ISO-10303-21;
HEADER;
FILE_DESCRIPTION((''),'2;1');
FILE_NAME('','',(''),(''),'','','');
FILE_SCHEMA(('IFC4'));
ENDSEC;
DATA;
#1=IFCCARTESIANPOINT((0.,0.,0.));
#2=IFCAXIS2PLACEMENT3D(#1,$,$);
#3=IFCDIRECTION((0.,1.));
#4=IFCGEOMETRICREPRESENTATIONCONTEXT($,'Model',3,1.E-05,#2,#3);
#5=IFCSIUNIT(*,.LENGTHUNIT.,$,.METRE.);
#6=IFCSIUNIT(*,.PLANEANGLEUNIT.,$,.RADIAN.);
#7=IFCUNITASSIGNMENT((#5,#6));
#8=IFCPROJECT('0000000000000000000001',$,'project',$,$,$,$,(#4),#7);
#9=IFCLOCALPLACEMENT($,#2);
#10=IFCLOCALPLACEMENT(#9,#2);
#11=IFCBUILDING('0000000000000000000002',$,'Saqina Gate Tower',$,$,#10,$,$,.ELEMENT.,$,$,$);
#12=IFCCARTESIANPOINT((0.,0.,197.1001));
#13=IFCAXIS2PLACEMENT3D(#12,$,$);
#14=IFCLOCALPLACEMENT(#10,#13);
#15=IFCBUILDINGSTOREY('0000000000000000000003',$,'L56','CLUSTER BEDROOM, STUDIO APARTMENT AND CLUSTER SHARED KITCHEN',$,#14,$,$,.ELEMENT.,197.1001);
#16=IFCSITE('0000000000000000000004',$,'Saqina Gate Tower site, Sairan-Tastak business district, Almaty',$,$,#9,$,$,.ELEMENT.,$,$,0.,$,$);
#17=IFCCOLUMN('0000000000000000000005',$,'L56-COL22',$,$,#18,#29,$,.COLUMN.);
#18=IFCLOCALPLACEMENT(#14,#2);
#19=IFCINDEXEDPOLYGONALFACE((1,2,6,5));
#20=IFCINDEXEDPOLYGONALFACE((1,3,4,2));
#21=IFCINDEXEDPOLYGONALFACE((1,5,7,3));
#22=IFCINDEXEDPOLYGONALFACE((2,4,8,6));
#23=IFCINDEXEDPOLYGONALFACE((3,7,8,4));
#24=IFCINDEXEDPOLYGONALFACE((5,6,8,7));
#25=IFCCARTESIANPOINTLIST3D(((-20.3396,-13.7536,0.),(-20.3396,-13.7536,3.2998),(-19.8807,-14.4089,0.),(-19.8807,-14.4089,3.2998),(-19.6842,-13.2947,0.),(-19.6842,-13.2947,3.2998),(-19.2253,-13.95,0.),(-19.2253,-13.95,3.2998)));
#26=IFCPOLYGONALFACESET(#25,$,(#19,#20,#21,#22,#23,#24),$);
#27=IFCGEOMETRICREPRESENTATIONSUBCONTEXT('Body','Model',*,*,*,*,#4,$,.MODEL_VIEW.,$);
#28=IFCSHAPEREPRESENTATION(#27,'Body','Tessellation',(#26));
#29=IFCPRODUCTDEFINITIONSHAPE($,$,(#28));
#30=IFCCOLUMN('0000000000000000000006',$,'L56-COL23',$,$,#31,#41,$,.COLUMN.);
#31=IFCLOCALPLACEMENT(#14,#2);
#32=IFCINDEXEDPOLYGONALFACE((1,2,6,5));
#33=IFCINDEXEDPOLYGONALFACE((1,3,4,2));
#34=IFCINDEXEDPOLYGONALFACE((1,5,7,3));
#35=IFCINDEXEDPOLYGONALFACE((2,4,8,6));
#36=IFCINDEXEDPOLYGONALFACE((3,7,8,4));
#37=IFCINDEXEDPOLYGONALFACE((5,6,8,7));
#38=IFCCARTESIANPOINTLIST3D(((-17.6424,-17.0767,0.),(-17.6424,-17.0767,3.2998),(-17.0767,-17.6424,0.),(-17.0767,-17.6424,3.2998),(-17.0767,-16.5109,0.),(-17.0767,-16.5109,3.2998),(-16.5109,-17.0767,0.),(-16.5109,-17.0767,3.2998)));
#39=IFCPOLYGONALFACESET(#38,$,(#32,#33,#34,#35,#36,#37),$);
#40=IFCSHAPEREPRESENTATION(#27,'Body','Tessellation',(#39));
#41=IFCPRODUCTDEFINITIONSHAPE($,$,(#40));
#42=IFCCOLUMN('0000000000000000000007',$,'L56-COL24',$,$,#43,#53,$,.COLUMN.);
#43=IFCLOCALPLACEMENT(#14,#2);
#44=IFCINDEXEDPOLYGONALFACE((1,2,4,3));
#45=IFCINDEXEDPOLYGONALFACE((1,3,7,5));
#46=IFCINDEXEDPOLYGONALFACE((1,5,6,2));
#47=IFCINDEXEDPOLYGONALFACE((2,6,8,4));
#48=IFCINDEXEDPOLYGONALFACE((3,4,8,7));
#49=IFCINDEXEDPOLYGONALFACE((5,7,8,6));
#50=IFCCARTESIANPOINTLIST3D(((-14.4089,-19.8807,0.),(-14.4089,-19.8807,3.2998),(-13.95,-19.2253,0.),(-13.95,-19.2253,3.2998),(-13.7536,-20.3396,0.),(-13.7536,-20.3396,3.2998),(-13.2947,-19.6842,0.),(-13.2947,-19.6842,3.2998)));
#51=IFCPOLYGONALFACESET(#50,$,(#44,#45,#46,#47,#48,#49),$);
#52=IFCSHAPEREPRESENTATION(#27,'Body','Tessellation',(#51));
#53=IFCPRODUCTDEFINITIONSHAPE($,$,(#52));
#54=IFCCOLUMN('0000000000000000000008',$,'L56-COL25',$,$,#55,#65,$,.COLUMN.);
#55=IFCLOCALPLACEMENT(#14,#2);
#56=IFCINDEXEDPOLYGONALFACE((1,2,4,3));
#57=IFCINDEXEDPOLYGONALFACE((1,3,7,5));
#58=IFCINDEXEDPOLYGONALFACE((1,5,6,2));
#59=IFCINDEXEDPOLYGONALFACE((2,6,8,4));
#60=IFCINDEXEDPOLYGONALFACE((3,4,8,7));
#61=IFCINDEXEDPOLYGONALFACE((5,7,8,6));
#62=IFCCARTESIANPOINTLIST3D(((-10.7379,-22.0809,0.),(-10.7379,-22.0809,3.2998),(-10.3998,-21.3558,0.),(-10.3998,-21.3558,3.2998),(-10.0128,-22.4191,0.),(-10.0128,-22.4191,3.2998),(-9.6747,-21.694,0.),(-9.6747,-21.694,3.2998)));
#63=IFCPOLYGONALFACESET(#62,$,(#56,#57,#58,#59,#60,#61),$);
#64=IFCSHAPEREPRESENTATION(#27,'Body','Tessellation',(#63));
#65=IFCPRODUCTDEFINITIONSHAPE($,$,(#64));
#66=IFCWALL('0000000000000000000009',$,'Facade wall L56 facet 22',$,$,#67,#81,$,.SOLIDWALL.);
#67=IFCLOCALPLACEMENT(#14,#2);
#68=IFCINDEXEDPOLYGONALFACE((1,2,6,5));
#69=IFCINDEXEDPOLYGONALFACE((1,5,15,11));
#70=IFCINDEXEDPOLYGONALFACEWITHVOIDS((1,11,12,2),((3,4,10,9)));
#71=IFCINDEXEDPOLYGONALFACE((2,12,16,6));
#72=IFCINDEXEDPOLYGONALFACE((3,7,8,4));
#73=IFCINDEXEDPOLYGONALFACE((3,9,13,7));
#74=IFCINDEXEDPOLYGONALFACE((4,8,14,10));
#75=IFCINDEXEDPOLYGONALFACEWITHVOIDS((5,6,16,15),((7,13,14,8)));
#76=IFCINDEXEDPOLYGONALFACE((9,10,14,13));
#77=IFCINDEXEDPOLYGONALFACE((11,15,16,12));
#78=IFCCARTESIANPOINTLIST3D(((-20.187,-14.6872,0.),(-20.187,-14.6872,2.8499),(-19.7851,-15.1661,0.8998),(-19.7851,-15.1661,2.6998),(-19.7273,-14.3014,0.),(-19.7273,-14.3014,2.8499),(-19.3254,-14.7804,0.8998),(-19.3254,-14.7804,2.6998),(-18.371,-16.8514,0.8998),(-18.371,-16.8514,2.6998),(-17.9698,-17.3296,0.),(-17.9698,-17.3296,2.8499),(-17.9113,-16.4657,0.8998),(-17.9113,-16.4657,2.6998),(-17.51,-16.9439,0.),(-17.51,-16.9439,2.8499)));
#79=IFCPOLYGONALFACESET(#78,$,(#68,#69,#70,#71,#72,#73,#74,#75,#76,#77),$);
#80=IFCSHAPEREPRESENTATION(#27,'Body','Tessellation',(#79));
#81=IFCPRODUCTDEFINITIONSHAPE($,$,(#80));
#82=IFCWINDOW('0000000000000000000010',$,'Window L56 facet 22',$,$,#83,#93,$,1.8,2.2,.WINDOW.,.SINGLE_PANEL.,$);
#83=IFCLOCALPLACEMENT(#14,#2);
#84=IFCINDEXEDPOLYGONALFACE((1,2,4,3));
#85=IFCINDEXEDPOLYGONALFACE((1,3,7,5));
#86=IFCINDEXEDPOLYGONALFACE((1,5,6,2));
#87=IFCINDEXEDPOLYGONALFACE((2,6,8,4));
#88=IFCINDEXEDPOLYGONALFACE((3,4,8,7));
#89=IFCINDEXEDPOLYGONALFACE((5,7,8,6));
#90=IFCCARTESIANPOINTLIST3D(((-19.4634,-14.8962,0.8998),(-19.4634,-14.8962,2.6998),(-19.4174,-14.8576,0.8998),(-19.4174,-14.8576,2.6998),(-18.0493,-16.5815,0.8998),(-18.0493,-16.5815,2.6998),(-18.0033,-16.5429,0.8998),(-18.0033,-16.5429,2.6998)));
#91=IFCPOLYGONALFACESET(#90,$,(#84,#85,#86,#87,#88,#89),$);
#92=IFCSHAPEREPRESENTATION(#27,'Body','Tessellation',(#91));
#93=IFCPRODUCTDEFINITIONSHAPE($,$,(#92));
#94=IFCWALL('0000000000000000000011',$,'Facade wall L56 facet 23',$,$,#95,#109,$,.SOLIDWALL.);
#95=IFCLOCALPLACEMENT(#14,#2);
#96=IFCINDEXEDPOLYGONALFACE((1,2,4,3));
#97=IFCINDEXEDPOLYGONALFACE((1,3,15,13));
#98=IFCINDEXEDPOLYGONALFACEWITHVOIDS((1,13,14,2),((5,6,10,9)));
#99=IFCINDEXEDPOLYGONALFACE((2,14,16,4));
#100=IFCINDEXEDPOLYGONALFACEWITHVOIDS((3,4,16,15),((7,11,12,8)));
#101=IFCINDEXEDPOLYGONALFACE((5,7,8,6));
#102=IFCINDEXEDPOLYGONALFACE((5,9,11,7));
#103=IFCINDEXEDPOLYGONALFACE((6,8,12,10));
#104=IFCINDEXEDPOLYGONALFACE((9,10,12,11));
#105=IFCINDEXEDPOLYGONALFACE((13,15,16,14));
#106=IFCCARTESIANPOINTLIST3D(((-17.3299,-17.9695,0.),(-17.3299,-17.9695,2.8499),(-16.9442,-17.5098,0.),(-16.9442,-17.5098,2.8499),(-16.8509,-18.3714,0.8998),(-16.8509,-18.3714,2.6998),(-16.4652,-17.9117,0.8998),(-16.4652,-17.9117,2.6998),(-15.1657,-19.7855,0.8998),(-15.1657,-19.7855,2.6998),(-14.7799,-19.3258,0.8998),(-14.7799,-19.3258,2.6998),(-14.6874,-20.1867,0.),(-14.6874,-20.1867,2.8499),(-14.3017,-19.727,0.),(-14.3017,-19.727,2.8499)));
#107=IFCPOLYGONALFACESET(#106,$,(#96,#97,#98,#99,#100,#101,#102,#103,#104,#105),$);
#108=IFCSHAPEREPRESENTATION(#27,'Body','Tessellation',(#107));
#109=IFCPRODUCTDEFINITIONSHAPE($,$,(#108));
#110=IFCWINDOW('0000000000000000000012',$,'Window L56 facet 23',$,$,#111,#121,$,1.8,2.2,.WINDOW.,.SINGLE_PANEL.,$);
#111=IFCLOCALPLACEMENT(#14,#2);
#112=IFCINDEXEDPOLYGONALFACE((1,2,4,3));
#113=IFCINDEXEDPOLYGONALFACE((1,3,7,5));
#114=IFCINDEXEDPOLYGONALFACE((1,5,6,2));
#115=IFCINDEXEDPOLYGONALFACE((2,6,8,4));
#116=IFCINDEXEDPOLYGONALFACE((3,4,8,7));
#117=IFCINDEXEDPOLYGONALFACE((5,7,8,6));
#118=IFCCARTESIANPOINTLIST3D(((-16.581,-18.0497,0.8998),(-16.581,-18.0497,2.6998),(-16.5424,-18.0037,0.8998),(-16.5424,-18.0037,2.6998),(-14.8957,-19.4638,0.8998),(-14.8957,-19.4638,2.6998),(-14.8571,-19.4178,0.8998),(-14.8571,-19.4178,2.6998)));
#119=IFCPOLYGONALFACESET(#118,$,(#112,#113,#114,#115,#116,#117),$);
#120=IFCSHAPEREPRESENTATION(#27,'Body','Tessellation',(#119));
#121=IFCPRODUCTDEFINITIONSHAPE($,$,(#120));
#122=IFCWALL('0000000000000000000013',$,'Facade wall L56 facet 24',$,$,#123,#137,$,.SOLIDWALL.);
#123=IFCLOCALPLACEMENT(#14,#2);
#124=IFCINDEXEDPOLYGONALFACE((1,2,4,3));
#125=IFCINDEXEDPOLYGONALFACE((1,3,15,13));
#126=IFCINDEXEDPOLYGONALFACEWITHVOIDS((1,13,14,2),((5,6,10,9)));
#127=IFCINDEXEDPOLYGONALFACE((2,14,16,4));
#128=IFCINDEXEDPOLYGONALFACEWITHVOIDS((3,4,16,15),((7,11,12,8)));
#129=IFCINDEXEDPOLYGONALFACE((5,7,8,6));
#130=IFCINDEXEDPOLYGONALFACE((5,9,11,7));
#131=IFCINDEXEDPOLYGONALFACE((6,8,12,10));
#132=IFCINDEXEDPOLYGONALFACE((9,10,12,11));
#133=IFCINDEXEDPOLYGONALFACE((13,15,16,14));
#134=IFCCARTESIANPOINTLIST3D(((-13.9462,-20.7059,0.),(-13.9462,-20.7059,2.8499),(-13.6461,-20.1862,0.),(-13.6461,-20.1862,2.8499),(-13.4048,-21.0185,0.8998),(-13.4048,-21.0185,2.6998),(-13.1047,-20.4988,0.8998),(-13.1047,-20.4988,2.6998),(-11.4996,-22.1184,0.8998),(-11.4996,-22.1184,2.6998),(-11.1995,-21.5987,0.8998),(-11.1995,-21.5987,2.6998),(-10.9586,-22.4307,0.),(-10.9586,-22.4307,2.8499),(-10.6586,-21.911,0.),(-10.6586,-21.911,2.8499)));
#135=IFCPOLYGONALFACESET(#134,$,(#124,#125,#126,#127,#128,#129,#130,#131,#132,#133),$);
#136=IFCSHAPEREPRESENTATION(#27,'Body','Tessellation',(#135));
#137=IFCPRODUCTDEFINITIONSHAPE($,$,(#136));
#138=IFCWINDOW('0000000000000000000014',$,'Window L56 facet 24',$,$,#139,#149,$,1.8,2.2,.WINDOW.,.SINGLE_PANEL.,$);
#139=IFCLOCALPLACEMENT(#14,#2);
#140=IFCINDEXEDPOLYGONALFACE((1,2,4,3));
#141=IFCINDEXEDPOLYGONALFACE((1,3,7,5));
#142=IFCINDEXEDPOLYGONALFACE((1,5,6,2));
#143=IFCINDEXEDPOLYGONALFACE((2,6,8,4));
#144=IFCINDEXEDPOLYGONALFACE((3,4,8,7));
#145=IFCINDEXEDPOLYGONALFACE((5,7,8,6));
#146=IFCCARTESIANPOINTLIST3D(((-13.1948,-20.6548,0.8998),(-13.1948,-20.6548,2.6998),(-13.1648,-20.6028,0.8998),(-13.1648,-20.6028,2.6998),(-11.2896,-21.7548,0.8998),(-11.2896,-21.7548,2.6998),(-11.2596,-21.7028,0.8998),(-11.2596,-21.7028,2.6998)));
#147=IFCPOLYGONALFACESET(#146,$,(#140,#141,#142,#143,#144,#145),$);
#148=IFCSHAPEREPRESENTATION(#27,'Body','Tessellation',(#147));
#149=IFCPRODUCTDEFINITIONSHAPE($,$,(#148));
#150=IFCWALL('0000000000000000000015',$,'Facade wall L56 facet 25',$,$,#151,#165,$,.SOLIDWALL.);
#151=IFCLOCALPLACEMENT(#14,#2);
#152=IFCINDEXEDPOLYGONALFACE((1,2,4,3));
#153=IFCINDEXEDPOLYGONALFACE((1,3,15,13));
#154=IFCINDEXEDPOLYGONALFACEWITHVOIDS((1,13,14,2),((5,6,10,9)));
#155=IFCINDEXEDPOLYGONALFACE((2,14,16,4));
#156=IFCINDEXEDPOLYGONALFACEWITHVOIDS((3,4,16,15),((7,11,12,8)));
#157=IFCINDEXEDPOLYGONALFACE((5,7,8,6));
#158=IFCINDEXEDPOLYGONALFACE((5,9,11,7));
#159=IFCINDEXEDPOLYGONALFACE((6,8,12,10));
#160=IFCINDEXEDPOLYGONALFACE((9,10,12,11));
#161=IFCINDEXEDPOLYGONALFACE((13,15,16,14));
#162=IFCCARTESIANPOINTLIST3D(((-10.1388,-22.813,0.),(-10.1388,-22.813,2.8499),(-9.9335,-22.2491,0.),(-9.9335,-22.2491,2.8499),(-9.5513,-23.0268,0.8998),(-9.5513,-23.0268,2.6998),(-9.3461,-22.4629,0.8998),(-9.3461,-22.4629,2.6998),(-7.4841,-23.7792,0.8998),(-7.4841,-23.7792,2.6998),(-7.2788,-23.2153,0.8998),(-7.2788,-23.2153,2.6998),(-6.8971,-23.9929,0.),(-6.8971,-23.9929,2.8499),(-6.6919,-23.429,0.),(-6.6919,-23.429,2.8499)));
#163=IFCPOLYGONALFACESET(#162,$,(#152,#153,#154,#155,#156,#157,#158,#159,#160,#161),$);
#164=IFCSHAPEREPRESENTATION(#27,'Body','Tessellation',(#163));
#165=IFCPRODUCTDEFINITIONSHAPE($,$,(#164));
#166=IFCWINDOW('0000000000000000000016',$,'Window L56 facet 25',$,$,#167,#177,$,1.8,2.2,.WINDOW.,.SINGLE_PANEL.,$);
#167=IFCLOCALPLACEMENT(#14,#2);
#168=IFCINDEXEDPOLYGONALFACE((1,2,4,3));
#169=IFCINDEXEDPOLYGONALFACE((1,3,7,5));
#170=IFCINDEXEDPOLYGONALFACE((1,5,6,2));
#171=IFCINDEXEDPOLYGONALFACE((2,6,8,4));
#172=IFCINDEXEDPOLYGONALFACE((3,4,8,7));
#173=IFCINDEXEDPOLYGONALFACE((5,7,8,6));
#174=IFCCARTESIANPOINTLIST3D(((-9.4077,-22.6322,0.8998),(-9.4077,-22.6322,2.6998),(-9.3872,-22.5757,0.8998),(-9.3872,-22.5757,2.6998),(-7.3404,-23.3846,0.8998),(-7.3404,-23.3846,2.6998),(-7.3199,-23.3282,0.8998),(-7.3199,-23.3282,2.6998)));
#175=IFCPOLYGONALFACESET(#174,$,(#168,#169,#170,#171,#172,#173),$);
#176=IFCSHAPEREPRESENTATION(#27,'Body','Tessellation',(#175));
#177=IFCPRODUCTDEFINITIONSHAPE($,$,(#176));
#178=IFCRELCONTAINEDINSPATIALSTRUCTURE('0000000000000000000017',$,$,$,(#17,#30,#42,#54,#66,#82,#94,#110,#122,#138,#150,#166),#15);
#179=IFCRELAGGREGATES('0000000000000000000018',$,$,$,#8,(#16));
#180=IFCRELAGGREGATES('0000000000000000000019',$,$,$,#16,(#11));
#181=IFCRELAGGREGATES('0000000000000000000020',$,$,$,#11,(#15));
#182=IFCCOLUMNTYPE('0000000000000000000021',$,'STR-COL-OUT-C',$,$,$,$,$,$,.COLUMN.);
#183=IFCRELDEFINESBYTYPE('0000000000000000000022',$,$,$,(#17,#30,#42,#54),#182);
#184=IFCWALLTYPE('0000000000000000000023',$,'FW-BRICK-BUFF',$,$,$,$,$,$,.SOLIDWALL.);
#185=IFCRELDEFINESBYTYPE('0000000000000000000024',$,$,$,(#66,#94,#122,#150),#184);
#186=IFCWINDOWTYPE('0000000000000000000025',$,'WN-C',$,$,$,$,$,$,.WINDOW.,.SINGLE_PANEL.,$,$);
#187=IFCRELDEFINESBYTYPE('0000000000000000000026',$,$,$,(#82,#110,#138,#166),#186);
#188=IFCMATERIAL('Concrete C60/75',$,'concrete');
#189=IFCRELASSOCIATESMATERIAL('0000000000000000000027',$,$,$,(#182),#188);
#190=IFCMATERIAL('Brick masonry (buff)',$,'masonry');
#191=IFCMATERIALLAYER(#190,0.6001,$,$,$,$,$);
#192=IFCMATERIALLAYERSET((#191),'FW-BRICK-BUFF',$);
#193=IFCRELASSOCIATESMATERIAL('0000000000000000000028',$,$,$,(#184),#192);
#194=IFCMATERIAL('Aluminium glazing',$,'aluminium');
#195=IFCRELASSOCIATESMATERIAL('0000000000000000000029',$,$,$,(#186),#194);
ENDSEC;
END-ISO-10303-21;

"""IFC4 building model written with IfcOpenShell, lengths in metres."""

from ifc_helpers import new_model, si_unit, direction, frame, frame_2d, origin, origin_2d, place, context, subcontext, project, spatial, rectangle, extrude, material, layer, layer_set, material_profile, profile_set, type_object, element, fill, save


model = new_model("IFC4")

# Units and contexts
model_context = context("Model", 3, precision=1e-05, world=origin(), true_north=direction((0.0, 1.0)))
body_context = subcontext(model_context, "Body", "Model", "MODEL_VIEW")
ifc_project = project(units=[si_unit("LENGTHUNIT", "METRE"), si_unit("PLANEANGLEUNIT", "RADIAN")], contexts=[model_context])

# Site, building, storey
site_placement = place(None, origin())
site = spatial("IfcSite", under=ifc_project, at=site_placement, Name="Saqina Gate Tower site, Sairan-Tastak business district, Almaty", CompositionType="ELEMENT", RefElevation=0.0)
building_placement = place(site_placement, origin())
building = spatial("IfcBuilding", under=site, at=building_placement, Name="Saqina Gate Tower", CompositionType="ELEMENT")
storey_placement = place(building_placement, frame((0.0, 0.0, 197.1001)))
storey = spatial("IfcBuildingStorey", under=building, at=storey_placement, Name="L56", Description="CLUSTER BEDROOM, STUDIO APARTMENT AND CLUSTER SHARED KITCHEN", CompositionType="ELEMENT", Elevation=197.1001)

# Columns
ifc_material_1 = material(Name="Concrete C60/75", Category="concrete")
ifc_material_profile = material_profile(ifc_material_1, rectangle(XDim=0.8, YDim=0.8, at=origin_2d()), Name="RC 800x800")
ifc_profile_set = profile_set([ifc_material_profile], Name="Concrete C60/75")
column_type = type_object("IfcColumnType", Name="STR-COL-OUT-C", PredefinedType="COLUMN", material=ifc_profile_set)
for number, where, z_axis, x_axis, name in (
    (1, (-19.7825, -13.8518, 0.0), (0.0, 0.0, 1.0), (-0.819152, -0.573576, 0.0), "L56-COL22"),
    (2, (-17.0767, -17.0767, 0.0), (0.0, 0.0, 1.0), (-0.707107, -0.707107, 0.0), "L56-COL23"),
    (3, (-13.8518, -19.7825, 0.0), (0.0, 0.0, 1.0), (-0.573576, -0.819152, 0.0), "L56-COL24"),
    (4, (-10.2063, -21.8875, 0.0), (0.0, 0.0, 1.0), (-0.422618, -0.906308, 0.0), "L56-COL25"),
):
    element("IfcColumn", number, at=place(storey_placement, frame(where, z_axis=z_axis, x_axis=x_axis)), inside=storey, type_object=column_type, Name=name, PredefinedType="COLUMN", context=body_context, shape_type="SweptSolid", body=[
        extrude(rectangle(XDim=0.8, YDim=0.8, at=origin_2d()), origin(), (0.0, 0.0, 1.0), 3.2998),
    ])

# Walls, openings, windows
ifc_material_2 = material(Name="Brick masonry (buff)", Category="masonry")
ifc_layer_1 = layer(ifc_material_2, 0.6001)
ifc_layer_set_1 = layer_set([ifc_layer_1], Name="FW-BRICK-BUFF")
wall_type_1 = type_object("IfcWallType", Name="FW-BRICK-BUFF", PredefinedType="SOLIDWALL", material=ifc_layer_set_1)
wall_1_placement = place(storey_placement, frame((-19.957, -14.4944, 0.0), z_axis=(0.0, 0.0, 1.0), x_axis=(0.64277, -0.766059, 0.0)))
wall_1 = element("IfcWall", 5, at=wall_1_placement, inside=storey, type_object=wall_type_1, Name="Facade wall L56 facet 22", PredefinedType="SOLIDWALL", context=body_context, shape_type="SweptSolid", body=[
    extrude(rectangle(XDim=3.4495, YDim=0.6001, at=frame_2d((1.7246, 0.0))), origin(), (0.0, 0.0, 1.0), 2.8499),
])
opening_1_placement = place(wall_1_placement, frame((0.625, 0.0, 0.8999)))
opening_1 = element("IfcOpeningElement", 6, at=opening_1_placement, cuts=wall_1, PredefinedType="OPENING", context=body_context, shape_type="SweptSolid", body=[
    extrude(rectangle(XDim=2.2, YDim=1.8, at=frame_2d((1.1001, 0.8999))), frame((0.0, 0.312, 0.0), z_axis=(0.0, -1.0, 0.0), x_axis=(1.0, 0.0, 0.0)), (0.0, 0.0, 1.0), 0.624),
])
ifc_material_3 = material(Name="Aluminium glazing", Category="aluminium")
window_type = type_object("IfcWindowType", Name="WN-C", PartitioningType="SINGLE_PANEL", PredefinedType="WINDOW", material=ifc_material_3)
window_1_placement = place(opening_1_placement, origin())
window_1 = element("IfcWindow", 7, at=window_1_placement, inside=storey, type_object=window_type, Name="Window L56 facet 22", OverallHeight=1.8, OverallWidth=2.2, PartitioningType="SINGLE_PANEL", PredefinedType="WINDOW", context=body_context, shape_type="SweptSolid", body=[
    extrude(rectangle(XDim=2.2, YDim=1.8, at=frame_2d((1.1001, 0.8999))), frame((0.0, 0.1799, 0.0), z_axis=(0.0, -1.0, 0.0), x_axis=(1.0, 0.0, 0.0)), (0.0, 0.0, 1.0), 0.0601),
])
fill(opening_1, window_1)
wall_2_placement = place(storey_placement, frame((-17.137, -17.7397, 0.0), z_axis=(0.0, 0.0, 1.0), x_axis=(0.766059, -0.64277, 0.0)))
wall_2 = element("IfcWall", 8, at=wall_2_placement, inside=storey, type_object=wall_type_1, Name="Facade wall L56 facet 23", PredefinedType="SOLIDWALL", context=body_context, shape_type="SweptSolid", body=[
    extrude(rectangle(XDim=3.4495, YDim=0.6001, at=frame_2d((1.7246, 0.0))), origin(), (0.0, 0.0, 1.0), 2.8499),
])
opening_2_placement = place(wall_2_placement, frame((0.625, 0.0, 0.8999)))
opening_2 = element("IfcOpeningElement", 9, at=opening_2_placement, cuts=wall_2, PredefinedType="OPENING", context=body_context, shape_type="SweptSolid", body=[
    extrude(rectangle(XDim=2.2, YDim=1.8, at=frame_2d((1.1001, 0.8999))), frame((0.0, 0.312, 0.0), z_axis=(0.0, -1.0, 0.0), x_axis=(1.0, 0.0, 0.0)), (0.0, 0.0, 1.0), 0.624),
])
window_2_placement = place(opening_2_placement, origin())
window_2 = element("IfcWindow", 10, at=window_2_placement, inside=storey, type_object=window_type, Name="Window L56 facet 23", OverallHeight=1.8, OverallWidth=2.2, PartitioningType="SINGLE_PANEL", PredefinedType="WINDOW", context=body_context, shape_type="SweptSolid", body=[
    extrude(rectangle(XDim=2.2, YDim=1.8, at=frame_2d((1.1001, 0.8999))), frame((0.0, 0.1799, 0.0), z_axis=(0.0, -1.0, 0.0), x_axis=(1.0, 0.0, 0.0)), (0.0, 0.0, 1.0), 0.0601),
])
fill(opening_2, window_2)
wall_3_placement = place(storey_placement, frame((-13.7961, -20.446, 0.0), z_axis=(0.0, 0.0, 1.0), x_axis=(0.866026, -0.499998, 0.0)))
wall_3 = element("IfcWall", 11, at=wall_3_placement, inside=storey, type_object=wall_type_1, Name="Facade wall L56 facet 24", PredefinedType="SOLIDWALL", context=body_context, shape_type="SweptSolid", body=[
    extrude(rectangle(XDim=3.4497, YDim=0.6001, at=frame_2d((1.7249, 0.0))), origin(), (0.0, 0.0, 1.0), 2.8499),
])
opening_3_placement = place(wall_3_placement, frame((0.625, 0.0, 0.8999)))
opening_3 = element("IfcOpeningElement", 12, at=opening_3_placement, cuts=wall_3, PredefinedType="OPENING", context=body_context, shape_type="SweptSolid", body=[
    extrude(rectangle(XDim=2.2, YDim=1.8, at=frame_2d((1.1001, 0.8999))), frame((0.0, 0.312, 0.0), z_axis=(0.0, -1.0, 0.0), x_axis=(1.0, 0.0, 0.0)), (0.0, 0.0, 1.0), 0.624),
])
window_3_placement = place(opening_3_placement, origin())
window_3 = element("IfcWindow", 13, at=window_3_placement, inside=storey, type_object=window_type, Name="Window L56 facet 24", OverallHeight=1.8, OverallWidth=2.2, PartitioningType="SINGLE_PANEL", PredefinedType="WINDOW", context=body_context, shape_type="SweptSolid", body=[
    extrude(rectangle(XDim=2.2, YDim=1.8, at=frame_2d((1.1001, 0.8999))), frame((0.0, 0.1799, 0.0), z_axis=(0.0, -1.0, 0.0), x_axis=(1.0, 0.0, 0.0)), (0.0, 0.0, 1.0), 0.0601),
])
fill(opening_3, window_3)
wall_4_placement = place(storey_placement, frame((-10.0361, -22.531, 0.0), z_axis=(0.0, 0.0, 1.0), x_axis=(0.939688, -0.342033, 0.0)))
wall_4 = element("IfcWall", 14, at=wall_4_placement, inside=storey, type_object=wall_type_1, Name="Facade wall L56 facet 25", PredefinedType="SOLIDWALL", context=body_context, shape_type="SweptSolid", body=[
    extrude(rectangle(XDim=3.4497, YDim=0.6001, at=frame_2d((1.7249, 0.0))), origin(), (0.0, 0.0, 1.0), 2.8499),
])
opening_4_placement = place(wall_4_placement, frame((0.625, 0.0, 0.8999)))
opening_4 = element("IfcOpeningElement", 15, at=opening_4_placement, cuts=wall_4, PredefinedType="OPENING", context=body_context, shape_type="SweptSolid", body=[
    extrude(rectangle(XDim=2.2, YDim=1.8, at=frame_2d((1.1001, 0.8999))), frame((0.0, 0.312, 0.0), z_axis=(0.0, -1.0, 0.0), x_axis=(1.0, 0.0, 0.0)), (0.0, 0.0, 1.0), 0.624),
])
window_4_placement = place(opening_4_placement, origin())
window_4 = element("IfcWindow", 16, at=window_4_placement, inside=storey, type_object=window_type, Name="Window L56 facet 25", OverallHeight=1.8, OverallWidth=2.2, PartitioningType="SINGLE_PANEL", PredefinedType="WINDOW", context=body_context, shape_type="SweptSolid", body=[
    extrude(rectangle(XDim=2.2, YDim=1.8, at=frame_2d((1.1001, 0.8999))), frame((0.0, 0.1799, 0.0), z_axis=(0.0, -1.0, 0.0), x_axis=(1.0, 0.0, 0.0)), (0.0, 0.0, 1.0), 0.0601),
])
fill(opening_4, window_4)

save(model, "model.ifc")
